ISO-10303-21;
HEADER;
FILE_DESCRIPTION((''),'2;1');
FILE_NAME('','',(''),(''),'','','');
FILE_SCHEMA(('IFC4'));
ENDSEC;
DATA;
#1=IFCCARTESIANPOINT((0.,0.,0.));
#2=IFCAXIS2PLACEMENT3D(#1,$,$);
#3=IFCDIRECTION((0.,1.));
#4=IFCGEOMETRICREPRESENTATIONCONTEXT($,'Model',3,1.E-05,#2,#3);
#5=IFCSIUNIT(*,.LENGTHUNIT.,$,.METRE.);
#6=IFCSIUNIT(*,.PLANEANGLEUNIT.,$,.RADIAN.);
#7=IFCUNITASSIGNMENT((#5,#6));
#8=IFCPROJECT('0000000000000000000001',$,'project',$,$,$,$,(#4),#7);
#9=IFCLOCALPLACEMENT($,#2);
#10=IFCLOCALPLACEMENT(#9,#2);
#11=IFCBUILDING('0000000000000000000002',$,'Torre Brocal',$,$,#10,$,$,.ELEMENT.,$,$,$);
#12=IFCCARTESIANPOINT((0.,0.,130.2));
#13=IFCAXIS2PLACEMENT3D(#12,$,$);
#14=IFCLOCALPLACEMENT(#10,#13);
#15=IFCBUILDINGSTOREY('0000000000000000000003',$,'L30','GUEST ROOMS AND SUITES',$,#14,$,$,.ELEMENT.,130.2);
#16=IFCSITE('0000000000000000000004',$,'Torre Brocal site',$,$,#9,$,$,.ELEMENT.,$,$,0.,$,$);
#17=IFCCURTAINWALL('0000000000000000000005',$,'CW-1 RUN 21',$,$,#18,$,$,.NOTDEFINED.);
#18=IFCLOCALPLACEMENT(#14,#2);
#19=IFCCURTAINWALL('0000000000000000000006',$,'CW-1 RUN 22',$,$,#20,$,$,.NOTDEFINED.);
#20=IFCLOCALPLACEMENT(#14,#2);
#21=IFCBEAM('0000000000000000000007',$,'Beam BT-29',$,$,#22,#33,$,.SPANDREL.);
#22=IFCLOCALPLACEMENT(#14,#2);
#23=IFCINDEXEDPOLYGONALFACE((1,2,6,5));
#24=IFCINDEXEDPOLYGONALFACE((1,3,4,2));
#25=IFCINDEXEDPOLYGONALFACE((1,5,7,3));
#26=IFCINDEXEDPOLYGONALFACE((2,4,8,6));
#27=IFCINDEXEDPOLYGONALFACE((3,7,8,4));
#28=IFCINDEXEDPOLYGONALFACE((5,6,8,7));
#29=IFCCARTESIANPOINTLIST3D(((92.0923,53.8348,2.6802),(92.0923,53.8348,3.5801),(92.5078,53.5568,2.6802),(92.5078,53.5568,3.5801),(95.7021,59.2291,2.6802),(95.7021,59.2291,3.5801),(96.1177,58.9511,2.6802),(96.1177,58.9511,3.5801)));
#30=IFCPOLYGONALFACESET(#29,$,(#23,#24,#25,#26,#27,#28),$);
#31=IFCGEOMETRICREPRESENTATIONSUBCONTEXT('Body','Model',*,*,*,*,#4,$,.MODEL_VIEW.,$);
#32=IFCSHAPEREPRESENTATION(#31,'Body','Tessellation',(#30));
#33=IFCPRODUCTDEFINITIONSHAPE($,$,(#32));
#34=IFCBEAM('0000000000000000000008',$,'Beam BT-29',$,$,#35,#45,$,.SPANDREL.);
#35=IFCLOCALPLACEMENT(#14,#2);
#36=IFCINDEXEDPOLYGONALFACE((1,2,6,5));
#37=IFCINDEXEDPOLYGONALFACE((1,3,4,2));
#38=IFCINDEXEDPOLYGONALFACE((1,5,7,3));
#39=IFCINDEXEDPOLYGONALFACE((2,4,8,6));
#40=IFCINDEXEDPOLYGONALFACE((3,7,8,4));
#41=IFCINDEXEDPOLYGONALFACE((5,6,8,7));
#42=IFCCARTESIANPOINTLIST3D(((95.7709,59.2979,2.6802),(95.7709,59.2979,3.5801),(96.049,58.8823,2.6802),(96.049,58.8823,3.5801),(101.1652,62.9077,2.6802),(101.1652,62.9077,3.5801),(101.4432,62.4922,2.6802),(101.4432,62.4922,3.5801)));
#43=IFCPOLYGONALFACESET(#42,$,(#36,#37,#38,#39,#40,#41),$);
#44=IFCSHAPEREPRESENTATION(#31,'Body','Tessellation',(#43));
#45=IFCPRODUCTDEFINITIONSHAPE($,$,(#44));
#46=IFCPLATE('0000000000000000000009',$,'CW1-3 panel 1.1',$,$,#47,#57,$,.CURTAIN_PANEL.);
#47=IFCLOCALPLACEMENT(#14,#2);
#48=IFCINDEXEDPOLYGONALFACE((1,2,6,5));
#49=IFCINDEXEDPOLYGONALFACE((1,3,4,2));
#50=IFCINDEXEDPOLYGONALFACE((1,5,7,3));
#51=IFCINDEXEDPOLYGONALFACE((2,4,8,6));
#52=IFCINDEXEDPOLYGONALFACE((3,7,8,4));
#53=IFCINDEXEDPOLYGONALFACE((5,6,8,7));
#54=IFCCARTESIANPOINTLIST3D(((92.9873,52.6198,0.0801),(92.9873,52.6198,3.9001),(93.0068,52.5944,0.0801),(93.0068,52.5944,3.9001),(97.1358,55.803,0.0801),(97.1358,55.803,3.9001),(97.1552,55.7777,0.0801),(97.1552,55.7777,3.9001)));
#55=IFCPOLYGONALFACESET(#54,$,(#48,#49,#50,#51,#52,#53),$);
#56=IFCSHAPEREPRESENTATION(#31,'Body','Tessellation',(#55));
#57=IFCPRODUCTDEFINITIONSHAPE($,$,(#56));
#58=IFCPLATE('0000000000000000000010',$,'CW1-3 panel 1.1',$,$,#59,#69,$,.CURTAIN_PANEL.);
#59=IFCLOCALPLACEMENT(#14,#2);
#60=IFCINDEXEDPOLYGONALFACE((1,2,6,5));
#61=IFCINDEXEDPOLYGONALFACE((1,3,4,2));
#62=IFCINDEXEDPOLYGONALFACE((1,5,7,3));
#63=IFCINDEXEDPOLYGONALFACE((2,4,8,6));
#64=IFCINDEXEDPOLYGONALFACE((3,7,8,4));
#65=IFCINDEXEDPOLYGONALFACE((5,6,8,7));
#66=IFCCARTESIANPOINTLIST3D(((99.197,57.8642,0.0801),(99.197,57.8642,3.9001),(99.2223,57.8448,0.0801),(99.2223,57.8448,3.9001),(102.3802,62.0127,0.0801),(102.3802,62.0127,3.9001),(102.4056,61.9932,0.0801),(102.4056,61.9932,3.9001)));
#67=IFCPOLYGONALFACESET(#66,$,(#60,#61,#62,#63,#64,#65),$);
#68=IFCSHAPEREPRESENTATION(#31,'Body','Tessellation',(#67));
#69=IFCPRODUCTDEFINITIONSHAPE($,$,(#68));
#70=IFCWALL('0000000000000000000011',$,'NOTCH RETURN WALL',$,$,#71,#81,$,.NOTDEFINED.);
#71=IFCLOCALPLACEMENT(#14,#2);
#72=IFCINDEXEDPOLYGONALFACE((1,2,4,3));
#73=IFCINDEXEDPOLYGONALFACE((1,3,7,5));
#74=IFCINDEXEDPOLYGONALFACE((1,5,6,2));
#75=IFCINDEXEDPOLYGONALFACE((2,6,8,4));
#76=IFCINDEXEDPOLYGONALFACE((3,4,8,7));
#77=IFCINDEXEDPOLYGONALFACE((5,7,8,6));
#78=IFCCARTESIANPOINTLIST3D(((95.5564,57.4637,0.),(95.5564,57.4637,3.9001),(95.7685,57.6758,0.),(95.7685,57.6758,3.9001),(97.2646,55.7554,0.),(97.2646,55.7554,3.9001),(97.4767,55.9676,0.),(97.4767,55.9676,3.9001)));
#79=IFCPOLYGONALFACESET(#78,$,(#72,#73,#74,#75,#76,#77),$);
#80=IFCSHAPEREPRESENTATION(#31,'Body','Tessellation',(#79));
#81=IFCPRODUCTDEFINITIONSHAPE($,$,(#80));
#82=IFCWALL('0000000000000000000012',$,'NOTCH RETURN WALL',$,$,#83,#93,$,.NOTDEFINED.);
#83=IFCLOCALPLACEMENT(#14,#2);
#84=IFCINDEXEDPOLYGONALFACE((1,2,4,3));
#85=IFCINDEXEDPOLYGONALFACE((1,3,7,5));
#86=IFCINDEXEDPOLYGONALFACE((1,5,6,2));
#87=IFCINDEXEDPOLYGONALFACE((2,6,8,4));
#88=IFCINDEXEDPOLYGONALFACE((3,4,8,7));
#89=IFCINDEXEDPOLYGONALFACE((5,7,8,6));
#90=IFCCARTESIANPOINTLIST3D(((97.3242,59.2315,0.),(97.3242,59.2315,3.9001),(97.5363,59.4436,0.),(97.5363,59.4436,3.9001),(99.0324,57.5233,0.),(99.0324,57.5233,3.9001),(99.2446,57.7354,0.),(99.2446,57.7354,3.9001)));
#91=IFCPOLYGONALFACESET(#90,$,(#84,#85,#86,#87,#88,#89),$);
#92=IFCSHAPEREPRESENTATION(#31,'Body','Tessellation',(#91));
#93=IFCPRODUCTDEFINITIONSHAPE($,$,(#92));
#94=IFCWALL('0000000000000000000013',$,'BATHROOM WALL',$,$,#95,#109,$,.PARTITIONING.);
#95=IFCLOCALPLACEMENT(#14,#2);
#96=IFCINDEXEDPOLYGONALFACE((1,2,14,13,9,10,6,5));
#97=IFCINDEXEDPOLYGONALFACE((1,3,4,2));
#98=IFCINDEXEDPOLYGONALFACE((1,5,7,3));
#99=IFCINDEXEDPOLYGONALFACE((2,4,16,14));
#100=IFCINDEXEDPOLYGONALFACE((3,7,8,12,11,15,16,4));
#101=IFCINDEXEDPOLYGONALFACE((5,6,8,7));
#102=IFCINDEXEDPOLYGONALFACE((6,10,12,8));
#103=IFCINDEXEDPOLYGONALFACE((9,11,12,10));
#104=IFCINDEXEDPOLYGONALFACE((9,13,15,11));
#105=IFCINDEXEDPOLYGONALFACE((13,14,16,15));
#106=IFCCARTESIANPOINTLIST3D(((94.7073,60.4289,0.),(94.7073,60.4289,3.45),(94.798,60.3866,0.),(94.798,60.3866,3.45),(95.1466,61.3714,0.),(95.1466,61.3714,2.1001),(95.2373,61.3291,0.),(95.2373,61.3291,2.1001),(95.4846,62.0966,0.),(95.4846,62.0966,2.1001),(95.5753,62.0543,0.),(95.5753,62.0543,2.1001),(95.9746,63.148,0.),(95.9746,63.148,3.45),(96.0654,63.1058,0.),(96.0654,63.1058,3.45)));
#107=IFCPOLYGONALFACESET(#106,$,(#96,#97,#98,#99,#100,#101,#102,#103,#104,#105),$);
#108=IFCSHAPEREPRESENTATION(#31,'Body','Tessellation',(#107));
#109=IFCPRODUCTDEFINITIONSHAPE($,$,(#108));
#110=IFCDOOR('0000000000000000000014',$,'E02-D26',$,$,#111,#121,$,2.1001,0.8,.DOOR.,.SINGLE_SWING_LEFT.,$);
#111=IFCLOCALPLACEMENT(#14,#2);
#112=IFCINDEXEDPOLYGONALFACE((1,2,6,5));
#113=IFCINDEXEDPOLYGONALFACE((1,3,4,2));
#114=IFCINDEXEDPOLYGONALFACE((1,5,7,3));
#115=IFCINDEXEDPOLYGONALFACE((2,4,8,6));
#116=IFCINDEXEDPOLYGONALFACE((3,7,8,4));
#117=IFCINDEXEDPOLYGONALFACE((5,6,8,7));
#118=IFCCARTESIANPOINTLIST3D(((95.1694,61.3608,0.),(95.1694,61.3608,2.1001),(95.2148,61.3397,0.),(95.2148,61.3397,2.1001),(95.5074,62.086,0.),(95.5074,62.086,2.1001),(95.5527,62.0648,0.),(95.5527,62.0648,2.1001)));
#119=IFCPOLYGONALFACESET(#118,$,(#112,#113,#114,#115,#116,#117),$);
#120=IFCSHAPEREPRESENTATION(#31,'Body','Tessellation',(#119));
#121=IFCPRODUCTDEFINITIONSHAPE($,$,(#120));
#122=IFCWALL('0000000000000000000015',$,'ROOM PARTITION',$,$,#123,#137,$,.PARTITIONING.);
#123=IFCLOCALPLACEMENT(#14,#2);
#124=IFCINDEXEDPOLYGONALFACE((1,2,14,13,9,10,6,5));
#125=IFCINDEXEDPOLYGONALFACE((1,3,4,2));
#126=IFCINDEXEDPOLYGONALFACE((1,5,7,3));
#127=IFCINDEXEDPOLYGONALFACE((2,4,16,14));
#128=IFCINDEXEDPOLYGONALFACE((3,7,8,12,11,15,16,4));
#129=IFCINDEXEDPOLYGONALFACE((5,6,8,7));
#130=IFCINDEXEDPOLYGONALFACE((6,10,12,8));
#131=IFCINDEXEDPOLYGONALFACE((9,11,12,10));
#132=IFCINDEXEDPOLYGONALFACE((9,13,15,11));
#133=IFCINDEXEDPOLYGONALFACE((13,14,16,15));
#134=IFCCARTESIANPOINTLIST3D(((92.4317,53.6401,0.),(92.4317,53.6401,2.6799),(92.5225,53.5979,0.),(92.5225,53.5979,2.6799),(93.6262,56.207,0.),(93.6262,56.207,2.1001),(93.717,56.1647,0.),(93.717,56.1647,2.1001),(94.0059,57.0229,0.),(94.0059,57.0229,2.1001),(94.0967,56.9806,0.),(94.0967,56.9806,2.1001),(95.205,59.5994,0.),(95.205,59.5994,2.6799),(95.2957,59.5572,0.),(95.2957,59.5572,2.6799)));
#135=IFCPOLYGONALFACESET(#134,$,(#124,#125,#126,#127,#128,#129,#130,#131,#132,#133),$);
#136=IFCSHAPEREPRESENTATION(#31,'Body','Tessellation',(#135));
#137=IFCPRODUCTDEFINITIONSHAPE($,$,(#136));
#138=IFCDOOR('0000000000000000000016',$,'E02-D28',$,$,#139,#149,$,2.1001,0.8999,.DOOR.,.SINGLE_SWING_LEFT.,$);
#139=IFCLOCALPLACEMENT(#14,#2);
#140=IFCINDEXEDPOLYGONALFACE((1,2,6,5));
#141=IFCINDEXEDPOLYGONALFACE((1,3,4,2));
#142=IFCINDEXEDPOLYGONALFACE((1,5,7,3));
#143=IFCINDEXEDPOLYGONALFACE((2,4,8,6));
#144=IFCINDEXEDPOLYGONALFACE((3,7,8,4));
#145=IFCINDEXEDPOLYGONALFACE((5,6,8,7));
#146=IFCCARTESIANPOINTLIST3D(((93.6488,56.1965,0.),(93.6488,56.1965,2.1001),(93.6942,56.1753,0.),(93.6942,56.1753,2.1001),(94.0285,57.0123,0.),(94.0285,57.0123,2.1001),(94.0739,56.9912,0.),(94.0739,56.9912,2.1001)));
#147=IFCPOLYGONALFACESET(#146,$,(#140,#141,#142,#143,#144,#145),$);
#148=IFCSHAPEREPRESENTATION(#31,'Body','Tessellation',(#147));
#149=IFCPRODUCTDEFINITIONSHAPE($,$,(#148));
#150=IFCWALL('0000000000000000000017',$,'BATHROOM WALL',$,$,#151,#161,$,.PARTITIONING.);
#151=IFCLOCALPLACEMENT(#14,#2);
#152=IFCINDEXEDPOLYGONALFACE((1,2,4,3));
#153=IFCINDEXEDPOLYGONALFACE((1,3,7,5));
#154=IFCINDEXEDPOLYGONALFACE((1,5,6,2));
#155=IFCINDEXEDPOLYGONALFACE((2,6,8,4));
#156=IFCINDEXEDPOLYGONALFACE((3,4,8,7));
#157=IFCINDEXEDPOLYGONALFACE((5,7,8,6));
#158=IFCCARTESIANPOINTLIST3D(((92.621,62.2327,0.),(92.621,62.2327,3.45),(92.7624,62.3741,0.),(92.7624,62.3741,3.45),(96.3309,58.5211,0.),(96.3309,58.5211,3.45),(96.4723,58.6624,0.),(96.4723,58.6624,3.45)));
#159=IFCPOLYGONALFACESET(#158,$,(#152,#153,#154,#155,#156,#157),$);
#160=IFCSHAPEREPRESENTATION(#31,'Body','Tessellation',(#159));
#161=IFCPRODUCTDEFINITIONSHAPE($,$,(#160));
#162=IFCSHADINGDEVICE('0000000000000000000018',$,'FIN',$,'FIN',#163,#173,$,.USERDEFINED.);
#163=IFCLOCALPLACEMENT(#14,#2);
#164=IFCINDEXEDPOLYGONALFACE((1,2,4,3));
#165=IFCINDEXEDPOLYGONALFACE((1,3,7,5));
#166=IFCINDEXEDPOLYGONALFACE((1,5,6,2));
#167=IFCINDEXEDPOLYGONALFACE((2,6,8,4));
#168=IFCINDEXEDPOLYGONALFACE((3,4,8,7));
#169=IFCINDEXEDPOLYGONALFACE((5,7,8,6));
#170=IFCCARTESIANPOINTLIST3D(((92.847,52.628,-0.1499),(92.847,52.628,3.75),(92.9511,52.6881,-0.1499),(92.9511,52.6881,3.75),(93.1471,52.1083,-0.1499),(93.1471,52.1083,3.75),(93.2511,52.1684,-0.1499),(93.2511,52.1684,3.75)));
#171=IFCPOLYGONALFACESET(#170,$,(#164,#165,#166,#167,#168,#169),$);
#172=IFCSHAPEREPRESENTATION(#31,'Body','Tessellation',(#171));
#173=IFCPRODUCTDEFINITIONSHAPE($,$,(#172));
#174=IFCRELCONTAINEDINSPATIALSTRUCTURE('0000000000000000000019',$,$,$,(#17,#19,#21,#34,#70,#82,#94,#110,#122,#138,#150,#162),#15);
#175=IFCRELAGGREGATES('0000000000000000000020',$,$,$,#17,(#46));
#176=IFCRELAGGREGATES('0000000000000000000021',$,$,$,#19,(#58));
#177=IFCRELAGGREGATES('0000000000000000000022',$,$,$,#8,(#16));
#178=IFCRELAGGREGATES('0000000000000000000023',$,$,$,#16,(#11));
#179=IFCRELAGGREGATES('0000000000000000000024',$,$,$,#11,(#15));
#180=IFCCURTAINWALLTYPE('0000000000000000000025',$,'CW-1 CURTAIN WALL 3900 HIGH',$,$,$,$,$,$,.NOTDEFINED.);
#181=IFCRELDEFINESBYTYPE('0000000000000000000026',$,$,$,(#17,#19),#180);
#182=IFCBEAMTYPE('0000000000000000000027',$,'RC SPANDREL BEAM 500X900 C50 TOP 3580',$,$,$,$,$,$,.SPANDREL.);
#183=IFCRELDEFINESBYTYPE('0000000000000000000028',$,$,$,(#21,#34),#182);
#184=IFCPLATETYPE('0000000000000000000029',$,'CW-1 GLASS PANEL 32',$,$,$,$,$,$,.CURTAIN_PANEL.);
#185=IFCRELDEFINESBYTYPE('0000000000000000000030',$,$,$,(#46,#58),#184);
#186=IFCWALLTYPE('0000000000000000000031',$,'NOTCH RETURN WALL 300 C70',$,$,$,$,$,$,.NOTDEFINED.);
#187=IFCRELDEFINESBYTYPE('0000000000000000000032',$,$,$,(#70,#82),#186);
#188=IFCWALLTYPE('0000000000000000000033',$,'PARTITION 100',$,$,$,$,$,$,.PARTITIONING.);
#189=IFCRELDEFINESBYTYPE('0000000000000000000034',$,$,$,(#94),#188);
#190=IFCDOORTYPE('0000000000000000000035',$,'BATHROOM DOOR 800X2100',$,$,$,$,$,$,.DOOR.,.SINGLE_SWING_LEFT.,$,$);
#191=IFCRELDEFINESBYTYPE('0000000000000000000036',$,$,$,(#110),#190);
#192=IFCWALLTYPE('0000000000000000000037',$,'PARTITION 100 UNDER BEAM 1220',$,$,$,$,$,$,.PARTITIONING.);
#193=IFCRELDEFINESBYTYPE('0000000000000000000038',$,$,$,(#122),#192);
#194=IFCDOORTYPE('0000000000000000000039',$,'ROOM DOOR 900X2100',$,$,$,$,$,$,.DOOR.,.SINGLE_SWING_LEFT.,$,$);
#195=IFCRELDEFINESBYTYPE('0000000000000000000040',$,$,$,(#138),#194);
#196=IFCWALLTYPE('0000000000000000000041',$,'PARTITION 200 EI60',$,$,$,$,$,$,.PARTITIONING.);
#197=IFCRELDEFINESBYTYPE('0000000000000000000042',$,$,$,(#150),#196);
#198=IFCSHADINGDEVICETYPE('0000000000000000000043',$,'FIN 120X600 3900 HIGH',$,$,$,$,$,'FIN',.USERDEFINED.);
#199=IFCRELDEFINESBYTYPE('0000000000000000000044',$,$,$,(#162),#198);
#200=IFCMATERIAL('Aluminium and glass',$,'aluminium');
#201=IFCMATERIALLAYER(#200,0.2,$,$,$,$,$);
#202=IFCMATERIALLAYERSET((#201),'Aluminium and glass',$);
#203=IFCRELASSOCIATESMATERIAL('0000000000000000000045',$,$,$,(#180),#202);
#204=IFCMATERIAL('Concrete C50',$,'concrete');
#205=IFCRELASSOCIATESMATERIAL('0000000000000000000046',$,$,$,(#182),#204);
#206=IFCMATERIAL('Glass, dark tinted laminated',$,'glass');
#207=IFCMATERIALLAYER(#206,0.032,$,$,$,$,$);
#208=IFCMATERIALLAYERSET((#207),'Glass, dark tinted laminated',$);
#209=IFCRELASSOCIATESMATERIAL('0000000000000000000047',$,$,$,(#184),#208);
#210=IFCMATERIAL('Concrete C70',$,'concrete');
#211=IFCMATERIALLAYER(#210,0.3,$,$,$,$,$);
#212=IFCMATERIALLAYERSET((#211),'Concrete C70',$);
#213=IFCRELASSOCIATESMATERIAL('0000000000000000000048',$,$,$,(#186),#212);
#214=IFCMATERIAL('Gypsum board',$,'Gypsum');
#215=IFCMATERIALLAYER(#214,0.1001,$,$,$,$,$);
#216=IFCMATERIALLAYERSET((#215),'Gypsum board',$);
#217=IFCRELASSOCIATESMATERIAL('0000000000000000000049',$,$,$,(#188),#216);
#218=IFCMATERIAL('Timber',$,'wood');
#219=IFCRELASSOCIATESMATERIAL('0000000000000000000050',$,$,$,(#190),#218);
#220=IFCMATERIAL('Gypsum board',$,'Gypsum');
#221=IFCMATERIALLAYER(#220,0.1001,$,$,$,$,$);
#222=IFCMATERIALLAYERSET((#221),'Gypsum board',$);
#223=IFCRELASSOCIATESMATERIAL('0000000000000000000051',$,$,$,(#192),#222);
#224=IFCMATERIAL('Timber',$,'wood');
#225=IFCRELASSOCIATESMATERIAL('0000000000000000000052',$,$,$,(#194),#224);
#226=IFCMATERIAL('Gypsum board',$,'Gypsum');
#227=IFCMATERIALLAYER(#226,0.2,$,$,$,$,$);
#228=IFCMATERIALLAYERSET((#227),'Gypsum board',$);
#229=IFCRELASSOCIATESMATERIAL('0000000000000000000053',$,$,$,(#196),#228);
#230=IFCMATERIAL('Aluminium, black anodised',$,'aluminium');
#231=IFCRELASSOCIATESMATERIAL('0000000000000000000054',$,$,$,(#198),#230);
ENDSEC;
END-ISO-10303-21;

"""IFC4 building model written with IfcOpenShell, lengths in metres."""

from ifc_helpers import new_model, si_unit, direction, frame, frame_2d, origin, origin_2d, place, context, subcontext, project, spatial, rectangle, extrude, material, layer, layer_set, material_profile, profile_set, type_object, element, fill, aggregate, save


model = new_model("IFC4")

# Units and contexts
model_context = context("Model", 3, precision=1e-05, world=origin(), true_north=direction((0.0, 1.0)))
body_context = subcontext(model_context, "Body", "Model", "MODEL_VIEW")
ifc_project = project(units=[si_unit("LENGTHUNIT", "METRE"), si_unit("PLANEANGLEUNIT", "RADIAN")], contexts=[model_context])

# Site, building, storey
site_placement = place(None, origin())
site = spatial("IfcSite", under=ifc_project, at=site_placement, Name="Torre Brocal site", CompositionType="ELEMENT", RefElevation=0.0)
building_placement = place(site_placement, origin())
building = spatial("IfcBuilding", under=site, at=building_placement, Name="Torre Brocal", CompositionType="ELEMENT")
storey_placement = place(building_placement, frame((0.0, 0.0, 130.2)))
storey = spatial("IfcBuildingStorey", under=building, at=storey_placement, Name="L30", Description="GUEST ROOMS AND SUITES", CompositionType="ELEMENT", Elevation=130.2)

# Shared definitions
ifc_material_1 = material(Name="Aluminium and glass", Category="aluminium")
ifc_layer_1 = layer(ifc_material_1, 0.2)
ifc_layer_set_1 = layer_set([ifc_layer_1], Name="Aluminium and glass")
curtain_wall_type = type_object("IfcCurtainWallType", Name="CW-1 CURTAIN WALL 3900 HIGH", PredefinedType="NOTDEFINED", material=ifc_layer_set_1)

# Curtain walls
curtain_wall_1_placement = place(storey_placement, origin())
curtain_wall_1 = element("IfcCurtainWall", 1, at=curtain_wall_1_placement, inside=storey, type_object=curtain_wall_type, Name="CW-1 RUN 21", PredefinedType="NOTDEFINED")
curtain_wall_2_placement = place(storey_placement, origin())
curtain_wall_2 = element("IfcCurtainWall", 2, at=curtain_wall_2_placement, inside=storey, type_object=curtain_wall_type, Name="CW-1 RUN 22", PredefinedType="NOTDEFINED")

# Beams
ifc_material_2 = material(Name="Concrete C50", Category="concrete")
ifc_material_profile_1 = material_profile(ifc_material_2, rectangle(XDim=0.5, YDim=0.8999, at=origin_2d()), Name="RC 500X900")
ifc_profile_set_1 = profile_set([ifc_material_profile_1], Name="Concrete C50")
beam_type_1 = type_object("IfcBeamType", Name="RC SPANDREL BEAM 500X900 C50 TOP 3580", PredefinedType="SPANDREL", material=ifc_profile_set_1)
for number, where, z_axis, x_axis, name in (
    (3, (92.3, 53.6958, 3.1301), (0.556158, 0.831077, 0.0), (-0.831077, 0.556158, 0.0), "Beam BT-29"),
    (4, (95.9099, 59.0901, 3.1301), (0.831077, 0.556158, 0.0), (-0.556158, 0.831077, 0.0), "Beam BT-29"),
):
    element("IfcBeam", number, at=place(storey_placement, frame(where, z_axis=z_axis, x_axis=x_axis)), inside=storey, type_object=beam_type_1, Name=name, PredefinedType="SPANDREL", context=body_context, shape_type="SweptSolid", body=[
        extrude(rectangle(XDim=0.5, YDim=0.8999, at=origin_2d()), origin(), (0.0, 0.0, 1.0), 6.4907),
    ])

# Plates
ifc_material_3 = material(Name="Glass, dark tinted laminated", Category="glass")
ifc_layer_2 = layer(ifc_material_3, 0.032)
ifc_layer_set_2 = layer_set([ifc_layer_2], Name="Glass, dark tinted laminated")
plate_type = type_object("IfcPlateType", Name="CW-1 GLASS PANEL 32", PredefinedType="CURTAIN_PANEL", material=ifc_layer_set_2)
plate_1_placement = place(storey_placement, frame((95.0713, 54.1987, 0.0801), z_axis=(0.0, 0.0, 1.0), x_axis=(0.793353, 0.608761, 0.0)))
plate_1 = element("IfcPlate", 5, at=plate_1_placement, type_object=plate_type, Name="CW1-3 panel 1.1", PredefinedType="CURTAIN_PANEL", context=body_context, shape_type="SweptSolid", body=[
    extrude(rectangle(XDim=5.229, YDim=0.032, at=origin_2d()), origin(), (0.0, 0.0, 1.0), 3.8201),
])
aggregate(curtain_wall_1, [plate_1])
plate_2_placement = place(storey_placement, frame((100.8013, 59.9287, 0.0801), z_axis=(0.0, 0.0, 1.0), x_axis=(0.608761, 0.793353, 0.0)))
plate_2 = element("IfcPlate", 6, at=plate_2_placement, type_object=plate_type, Name="CW1-3 panel 1.1", PredefinedType="CURTAIN_PANEL", context=body_context, shape_type="SweptSolid", body=[
    extrude(rectangle(XDim=5.229, YDim=0.032, at=origin_2d()), origin(), (0.0, 0.0, 1.0), 3.8201),
])
aggregate(curtain_wall_2, [plate_2])

# Walls
ifc_material_4 = material(Name="Concrete C70", Category="concrete")
ifc_layer_3 = layer(ifc_material_4, 0.3)
ifc_layer_set_3 = layer_set([ifc_layer_3], Name="Concrete C70")
wall_type_1 = type_object("IfcWallType", Name="NOTCH RETURN WALL 300 C70", PredefinedType="NOTDEFINED", material=ifc_layer_set_3)
for number, where, z_axis, x_axis, name in (
    (7, (95.6624, 57.5698, 0.0), (0.0, 0.0, 1.0), (0.707107, -0.707107, 0.0), "NOTCH RETURN WALL"),
    (8, (97.4302, 59.3376, 0.0), (0.0, 0.0, 1.0), (0.707107, -0.707107, 0.0), "NOTCH RETURN WALL"),
):
    element("IfcWall", number, at=place(storey_placement, frame(where, z_axis=z_axis, x_axis=x_axis)), inside=storey, type_object=wall_type_1, Name=name, PredefinedType="NOTDEFINED", context=body_context, shape_type="SweptSolid", body=[
        extrude(rectangle(XDim=2.4158, YDim=0.3, at=frame_2d((1.208, 0.0))), origin(), (0.0, 0.0, 1.0), 3.9001),
    ])

# Walls, openings, doors
ifc_material_5 = material(Name="Gypsum board", Category="Gypsum")
ifc_layer_4 = layer(ifc_material_5, 0.1001)
ifc_layer_set_4 = layer_set([ifc_layer_4], Name="Gypsum board")
wall_type_2 = type_object("IfcWallType", Name="PARTITION 100", PredefinedType="PARTITIONING", material=ifc_layer_set_4)
wall_1_placement = place(storey_placement, frame((94.7527, 60.4077, 0.0), z_axis=(0.0, 0.0, 1.0), x_axis=(0.422435, 0.906393, 0.0)))
wall_1 = element("IfcWall", 9, at=wall_1_placement, inside=storey, type_object=wall_type_2, Name="BATHROOM WALL", PredefinedType="PARTITIONING", context=body_context, shape_type="SweptSolid", body=[
    extrude(rectangle(XDim=3.0, YDim=0.1001, at=frame_2d((1.5, 0.0))), origin(), (0.0, 0.0, 1.0), 3.45),
])
opening_1_placement = place(wall_1_placement, frame((1.04, 0.0, 0.0)))
opening_1 = element("IfcOpeningElement", 10, at=opening_1_placement, cuts=wall_1, PredefinedType="OPENING", context=body_context, shape_type="SweptSolid", body=[
    extrude(rectangle(XDim=0.8, YDim=2.1001, at=frame_2d((0.3999, 1.05))), frame((0.0, 0.0601, 0.0), z_axis=(0.0, -1.0, 0.0), x_axis=(1.0, 0.0, 0.0)), (0.0, 0.0, 1.0), 0.1201),
])
ifc_material_6 = material(Name="Timber", Category="wood")
door_type_1 = type_object("IfcDoorType", Name="BATHROOM DOOR 800X2100", OperationType="SINGLE_SWING_LEFT", PredefinedType="DOOR", material=ifc_material_6)
door_1_placement = place(opening_1_placement, origin())
door_1 = element("IfcDoor", 11, at=door_1_placement, inside=storey, type_object=door_type_1, Name="E02-D26", OperationType="SINGLE_SWING_LEFT", OverallHeight=2.1001, OverallWidth=0.8, PredefinedType="DOOR", context=body_context, shape_type="SweptSolid", body=[
    extrude(rectangle(XDim=0.8, YDim=2.1001, at=frame_2d((0.3999, 1.05))), frame((0.0, 0.0249, 0.0), z_axis=(0.0, -1.0, 0.0), x_axis=(1.0, 0.0, 0.0)), (0.0, 0.0, 1.0), 0.05),
])
fill(opening_1, door_1)
ifc_material_7 = material(Name="Gypsum board", Category="Gypsum")
ifc_layer_5 = layer(ifc_material_7, 0.1001)
ifc_layer_set_5 = layer_set([ifc_layer_5], Name="Gypsum board")
wall_type_3 = type_object("IfcWallType", Name="PARTITION 100 UNDER BEAM 1220", PredefinedType="PARTITIONING", material=ifc_layer_set_5)
wall_2_placement = place(storey_placement, frame((92.4771, 53.6189, 0.0), z_axis=(0.0, 0.0, 1.0), x_axis=(0.421913, 0.906636, 0.0)))
wall_2 = element("IfcWall", 12, at=wall_2_placement, inside=storey, type_object=wall_type_3, Name="ROOM PARTITION", PredefinedType="PARTITIONING", context=body_context, shape_type="SweptSolid", body=[
    extrude(rectangle(XDim=6.573, YDim=0.1001, at=frame_2d((3.2866, 0.0))), origin(), (0.0, 0.0, 1.0), 2.6799),
])
opening_2_placement = place(wall_2_placement, frame((2.8313, 0.0, 0.0)))
opening_2 = element("IfcOpeningElement", 13, at=opening_2_placement, cuts=wall_2, PredefinedType="OPENING", context=body_context, shape_type="SweptSolid", body=[
    extrude(rectangle(XDim=0.8999, YDim=2.1001, at=frame_2d((0.45, 1.05))), frame((0.0, 0.0601, 0.0), z_axis=(0.0, -1.0, 0.0), x_axis=(1.0, 0.0, 0.0)), (0.0, 0.0, 1.0), 0.1201),
])
ifc_material_8 = material(Name="Timber", Category="wood")
door_type_2 = type_object("IfcDoorType", Name="ROOM DOOR 900X2100", OperationType="SINGLE_SWING_LEFT", PredefinedType="DOOR", material=ifc_material_8)
door_2_placement = place(opening_2_placement, frame((0.8999, 0.0, 0.0), z_axis=(0.0, 0.0, 1.0), x_axis=(-1.0, 0.0, 0.0)))
door_2 = element("IfcDoor", 14, at=door_2_placement, inside=storey, type_object=door_type_2, Name="E02-D28", OperationType="SINGLE_SWING_LEFT", OverallHeight=2.1001, OverallWidth=0.8999, PredefinedType="DOOR", context=body_context, shape_type="SweptSolid", body=[
    extrude(rectangle(XDim=0.8999, YDim=2.1001, at=frame_2d((0.45, 1.05))), frame((0.0, 0.0249, 0.0), z_axis=(0.0, -1.0, 0.0), x_axis=(1.0, 0.0, 0.0)), (0.0, 0.0, 1.0), 0.05),
])
fill(opening_2, door_2)

# Wall
ifc_material_9 = material(Name="Gypsum board", Category="Gypsum")
ifc_layer_6 = layer(ifc_material_9, 0.2)
ifc_layer_set_6 = layer_set([ifc_layer_6], Name="Gypsum board")
wall_type_4 = type_object("IfcWallType", Name="PARTITION 200 EI60", PredefinedType="PARTITIONING", material=ifc_layer_set_6)
wall_3_placement = place(storey_placement, frame((92.6917, 62.3035, 0.0), z_axis=(0.0, 0.0, 1.0), x_axis=(0.706944, -0.70727, 0.0)))
element("IfcWall", 15, at=wall_3_placement, inside=storey, type_object=wall_type_4, Name="BATHROOM WALL", PredefinedType="PARTITIONING", context=body_context, shape_type="SweptSolid", body=[
    extrude(rectangle(XDim=5.2478, YDim=0.2, at=frame_2d((2.624, 0.0))), origin(), (0.0, 0.0, 1.0), 3.45),
])

# Shading device
ifc_material_10 = material(Name="Aluminium, black anodised", Category="aluminium")
ifc_material_profile_2 = material_profile(ifc_material_10, rectangle(XDim=0.1201, YDim=0.6001, at=origin_2d()), Name="FIN 120X600 3900 HIGH")
ifc_profile_set_2 = profile_set([ifc_material_profile_2], Name="Aluminium, black anodised")
shading_device_type = type_object("IfcShadingDeviceType", Name="FIN 120X600 3900 HIGH", ElementType="FIN", PredefinedType="USERDEFINED", material=ifc_profile_set_2)
for number, where, z_axis, x_axis, name in (
    (16, (93.0491, 52.3982, -0.1499), (0.0, 0.0, 1.0), (0.866025, 0.5, 0.0), "FIN"),
):
    element("IfcShadingDevice", number, at=place(storey_placement, frame(where, z_axis=z_axis, x_axis=x_axis)), inside=storey, type_object=shading_device_type, Name=name, ObjectType="FIN", PredefinedType="USERDEFINED", context=body_context, shape_type="SweptSolid", body=[
        extrude(rectangle(XDim=0.1201, YDim=0.6001, at=origin_2d()), origin(), (0.0, 0.0, 1.0), 3.8999),
    ])

save(model, "model.ifc")
